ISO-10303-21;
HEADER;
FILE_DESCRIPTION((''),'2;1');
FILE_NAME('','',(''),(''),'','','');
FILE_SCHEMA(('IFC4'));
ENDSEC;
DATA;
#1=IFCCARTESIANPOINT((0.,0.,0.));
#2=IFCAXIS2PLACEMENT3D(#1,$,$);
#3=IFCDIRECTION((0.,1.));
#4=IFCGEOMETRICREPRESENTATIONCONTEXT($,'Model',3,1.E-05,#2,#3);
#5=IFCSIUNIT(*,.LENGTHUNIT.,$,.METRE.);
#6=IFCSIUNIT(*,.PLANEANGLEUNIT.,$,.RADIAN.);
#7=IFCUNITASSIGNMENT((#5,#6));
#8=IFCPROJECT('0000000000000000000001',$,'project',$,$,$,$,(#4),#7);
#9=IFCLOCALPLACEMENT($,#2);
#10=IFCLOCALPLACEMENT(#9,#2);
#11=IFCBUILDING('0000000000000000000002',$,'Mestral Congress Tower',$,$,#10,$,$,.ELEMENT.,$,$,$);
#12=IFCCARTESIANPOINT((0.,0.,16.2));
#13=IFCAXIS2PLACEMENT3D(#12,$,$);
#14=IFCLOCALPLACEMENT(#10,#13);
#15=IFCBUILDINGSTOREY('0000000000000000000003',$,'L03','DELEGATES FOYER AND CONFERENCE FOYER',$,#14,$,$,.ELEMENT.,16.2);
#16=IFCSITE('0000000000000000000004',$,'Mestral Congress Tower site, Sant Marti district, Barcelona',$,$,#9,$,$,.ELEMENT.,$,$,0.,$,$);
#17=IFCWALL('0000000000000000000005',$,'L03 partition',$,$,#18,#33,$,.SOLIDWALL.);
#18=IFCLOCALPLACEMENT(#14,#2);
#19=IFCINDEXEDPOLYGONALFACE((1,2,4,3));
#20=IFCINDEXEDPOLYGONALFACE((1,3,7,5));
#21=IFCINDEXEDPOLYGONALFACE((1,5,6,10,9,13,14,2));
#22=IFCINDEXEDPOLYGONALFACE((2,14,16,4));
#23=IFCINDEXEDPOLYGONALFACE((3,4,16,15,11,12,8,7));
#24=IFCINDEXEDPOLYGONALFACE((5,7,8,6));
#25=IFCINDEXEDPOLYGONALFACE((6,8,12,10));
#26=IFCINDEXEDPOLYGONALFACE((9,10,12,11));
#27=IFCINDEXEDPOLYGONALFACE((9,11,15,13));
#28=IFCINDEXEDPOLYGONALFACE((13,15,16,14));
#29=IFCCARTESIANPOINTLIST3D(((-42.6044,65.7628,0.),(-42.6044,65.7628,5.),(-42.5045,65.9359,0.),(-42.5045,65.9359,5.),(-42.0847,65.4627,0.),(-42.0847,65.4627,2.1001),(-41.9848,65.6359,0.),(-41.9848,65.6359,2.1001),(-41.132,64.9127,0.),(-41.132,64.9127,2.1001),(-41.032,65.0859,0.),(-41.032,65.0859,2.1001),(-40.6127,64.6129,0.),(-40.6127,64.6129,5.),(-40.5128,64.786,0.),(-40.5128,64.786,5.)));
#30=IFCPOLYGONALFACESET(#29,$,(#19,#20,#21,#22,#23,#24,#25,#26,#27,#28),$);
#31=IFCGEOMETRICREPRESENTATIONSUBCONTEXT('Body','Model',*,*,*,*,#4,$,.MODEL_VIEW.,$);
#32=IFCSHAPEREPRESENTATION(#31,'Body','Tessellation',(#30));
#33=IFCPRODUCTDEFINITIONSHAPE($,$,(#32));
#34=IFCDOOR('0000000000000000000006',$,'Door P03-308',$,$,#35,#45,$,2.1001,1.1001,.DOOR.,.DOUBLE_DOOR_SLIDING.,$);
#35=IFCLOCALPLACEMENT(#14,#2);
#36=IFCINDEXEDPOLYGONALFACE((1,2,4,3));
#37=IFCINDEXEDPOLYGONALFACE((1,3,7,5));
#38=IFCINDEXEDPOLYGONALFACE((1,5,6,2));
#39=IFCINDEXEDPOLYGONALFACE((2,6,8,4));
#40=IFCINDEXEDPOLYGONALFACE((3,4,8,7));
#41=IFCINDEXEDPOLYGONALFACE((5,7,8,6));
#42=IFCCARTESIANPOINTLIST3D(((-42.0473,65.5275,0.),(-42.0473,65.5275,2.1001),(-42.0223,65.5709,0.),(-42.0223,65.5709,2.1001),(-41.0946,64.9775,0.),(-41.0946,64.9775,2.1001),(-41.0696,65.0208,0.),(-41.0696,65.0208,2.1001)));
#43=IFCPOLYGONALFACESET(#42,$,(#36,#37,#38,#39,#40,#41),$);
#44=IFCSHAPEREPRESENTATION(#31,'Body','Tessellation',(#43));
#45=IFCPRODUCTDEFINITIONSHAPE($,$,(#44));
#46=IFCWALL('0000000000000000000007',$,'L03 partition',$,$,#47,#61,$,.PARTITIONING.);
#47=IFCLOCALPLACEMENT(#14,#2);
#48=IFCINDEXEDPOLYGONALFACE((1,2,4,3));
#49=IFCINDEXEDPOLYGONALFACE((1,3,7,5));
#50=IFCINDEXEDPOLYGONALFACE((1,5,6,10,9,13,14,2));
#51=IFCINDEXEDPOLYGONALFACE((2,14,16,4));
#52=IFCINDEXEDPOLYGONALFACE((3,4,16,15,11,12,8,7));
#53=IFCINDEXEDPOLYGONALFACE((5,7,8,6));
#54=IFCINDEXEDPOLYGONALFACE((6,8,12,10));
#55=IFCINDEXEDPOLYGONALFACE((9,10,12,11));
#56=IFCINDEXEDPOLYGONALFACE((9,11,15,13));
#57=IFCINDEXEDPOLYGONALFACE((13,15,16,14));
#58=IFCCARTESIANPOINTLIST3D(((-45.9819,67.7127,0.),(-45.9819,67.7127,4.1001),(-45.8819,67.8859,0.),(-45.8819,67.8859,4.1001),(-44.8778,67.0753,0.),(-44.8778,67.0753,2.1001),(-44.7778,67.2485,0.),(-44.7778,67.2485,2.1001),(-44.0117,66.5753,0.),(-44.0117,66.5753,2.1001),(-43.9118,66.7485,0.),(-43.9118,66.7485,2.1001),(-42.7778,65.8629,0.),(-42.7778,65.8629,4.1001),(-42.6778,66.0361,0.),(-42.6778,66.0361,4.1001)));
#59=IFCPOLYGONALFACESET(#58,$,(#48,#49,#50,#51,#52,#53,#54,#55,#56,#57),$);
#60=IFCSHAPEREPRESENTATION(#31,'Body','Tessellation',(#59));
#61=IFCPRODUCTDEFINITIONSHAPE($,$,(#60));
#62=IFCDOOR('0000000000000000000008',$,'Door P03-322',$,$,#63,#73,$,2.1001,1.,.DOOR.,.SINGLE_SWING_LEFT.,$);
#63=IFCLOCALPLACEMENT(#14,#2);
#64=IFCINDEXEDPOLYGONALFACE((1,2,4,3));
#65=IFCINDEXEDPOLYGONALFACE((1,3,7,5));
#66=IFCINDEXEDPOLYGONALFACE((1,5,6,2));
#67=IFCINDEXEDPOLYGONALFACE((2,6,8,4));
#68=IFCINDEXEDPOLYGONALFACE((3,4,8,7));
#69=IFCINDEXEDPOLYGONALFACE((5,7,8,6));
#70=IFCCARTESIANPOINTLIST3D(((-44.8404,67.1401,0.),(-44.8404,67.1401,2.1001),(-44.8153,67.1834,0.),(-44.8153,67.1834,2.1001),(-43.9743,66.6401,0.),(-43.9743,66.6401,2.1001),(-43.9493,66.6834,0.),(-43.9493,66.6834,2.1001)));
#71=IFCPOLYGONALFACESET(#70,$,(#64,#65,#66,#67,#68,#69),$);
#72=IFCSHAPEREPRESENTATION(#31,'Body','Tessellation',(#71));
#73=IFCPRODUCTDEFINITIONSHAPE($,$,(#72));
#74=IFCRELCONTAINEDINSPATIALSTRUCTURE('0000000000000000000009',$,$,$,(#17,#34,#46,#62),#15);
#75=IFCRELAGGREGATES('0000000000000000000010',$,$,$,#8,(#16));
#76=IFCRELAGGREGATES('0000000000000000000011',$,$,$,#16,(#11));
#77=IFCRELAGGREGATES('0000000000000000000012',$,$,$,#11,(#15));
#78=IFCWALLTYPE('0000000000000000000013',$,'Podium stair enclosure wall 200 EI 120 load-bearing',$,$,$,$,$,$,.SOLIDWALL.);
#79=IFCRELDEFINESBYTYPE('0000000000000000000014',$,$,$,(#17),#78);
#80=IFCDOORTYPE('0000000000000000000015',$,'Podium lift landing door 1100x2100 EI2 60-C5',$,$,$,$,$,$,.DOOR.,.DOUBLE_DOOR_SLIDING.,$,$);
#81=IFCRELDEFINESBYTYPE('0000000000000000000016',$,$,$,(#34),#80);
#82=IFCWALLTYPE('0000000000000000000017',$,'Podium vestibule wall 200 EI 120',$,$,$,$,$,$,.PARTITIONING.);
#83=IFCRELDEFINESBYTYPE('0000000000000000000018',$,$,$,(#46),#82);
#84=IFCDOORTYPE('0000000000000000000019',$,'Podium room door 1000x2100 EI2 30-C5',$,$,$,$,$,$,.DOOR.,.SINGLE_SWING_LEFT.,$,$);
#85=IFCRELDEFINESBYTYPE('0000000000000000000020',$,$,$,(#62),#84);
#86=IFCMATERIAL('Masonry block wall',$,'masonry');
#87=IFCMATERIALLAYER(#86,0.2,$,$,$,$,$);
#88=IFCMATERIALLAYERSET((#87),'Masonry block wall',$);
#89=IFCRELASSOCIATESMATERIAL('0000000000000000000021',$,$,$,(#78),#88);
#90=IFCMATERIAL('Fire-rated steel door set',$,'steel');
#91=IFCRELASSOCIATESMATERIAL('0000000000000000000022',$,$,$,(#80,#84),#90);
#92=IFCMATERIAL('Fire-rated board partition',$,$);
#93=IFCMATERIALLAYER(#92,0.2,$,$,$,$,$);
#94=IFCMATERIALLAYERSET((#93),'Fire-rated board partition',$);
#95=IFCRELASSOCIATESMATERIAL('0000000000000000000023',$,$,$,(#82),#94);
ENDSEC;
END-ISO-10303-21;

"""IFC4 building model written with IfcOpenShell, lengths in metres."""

from ifc_helpers import new_model, si_unit, direction, frame, frame_2d, origin, place, context, subcontext, project, spatial, rectangle, extrude, material, layer, layer_set, type_object, element, fill, save


model = new_model("IFC4")

# Units and contexts
model_context = context("Model", 3, precision=1e-05, world=origin(), true_north=direction((0.0, 1.0)))
body_context = subcontext(model_context, "Body", "Model", "MODEL_VIEW")
ifc_project = project(units=[si_unit("LENGTHUNIT", "METRE"), si_unit("PLANEANGLEUNIT", "RADIAN")], contexts=[model_context])

# Site, building, storey
site_placement = place(None, origin())
site = spatial("IfcSite", under=ifc_project, at=site_placement, Name="Mestral Congress Tower site, Sant Marti district, Barcelona", CompositionType="ELEMENT", RefElevation=0.0)
building_placement = place(site_placement, origin())
building = spatial("IfcBuilding", under=site, at=building_placement, Name="Mestral Congress Tower", CompositionType="ELEMENT")
storey_placement = place(building_placement, frame((0.0, 0.0, 16.2)))
storey = spatial("IfcBuildingStorey", under=building, at=storey_placement, Name="L03", Description="DELEGATES FOYER AND CONFERENCE FOYER", CompositionType="ELEMENT", Elevation=16.2)

# Shared definitions
ifc_material_1 = material(Name="Masonry block wall", Category="masonry")
ifc_layer_1 = layer(ifc_material_1, 0.2)
ifc_layer_set_1 = layer_set([ifc_layer_1], Name="Masonry block wall")
wall_type_1 = type_object("IfcWallType", Name="Podium stair enclosure wall 200 EI 120 load-bearing", PredefinedType="SOLIDWALL", material=ifc_layer_set_1)

# Walls, openings, doors
ifc_material_2 = material(Name="Fire-rated steel door set", Category="steel")
door_type_1 = type_object("IfcDoorType", Name="Podium lift landing door 1100x2100 EI2 60-C5", OperationType="DOUBLE_DOOR_SLIDING", PredefinedType="DOOR", material=ifc_material_2)
wall_1_placement = place(storey_placement, frame((-42.5544, 65.8494, 0.0), z_axis=(0.0, 0.0, 1.0), x_axis=(0.866026, -0.499998, 0.0)))
wall_1 = element("IfcWall", 1, at=wall_1_placement, inside=storey, type_object=wall_type_1, Name="L03 partition", PredefinedType="SOLIDWALL", context=body_context, shape_type="SweptSolid", body=[
    extrude(rectangle(XDim=2.2998, YDim=0.2, at=frame_2d((1.1499, 0.0))), origin(), (0.0, 0.0, 1.0), 5.0),
])
opening_1_placement = place(wall_1_placement, frame((0.6001, 0.0, 0.0)))
opening_1 = element("IfcOpeningElement", 2, at=opening_1_placement, cuts=wall_1, PredefinedType="OPENING", context=body_context, shape_type="SweptSolid", body=[
    extrude(rectangle(XDim=1.1001, YDim=2.1001, at=frame_2d((0.55, 1.05))), frame((0.0, 0.1099, 0.0), z_axis=(0.0, -1.0, 0.0), x_axis=(1.0, 0.0, 0.0)), (0.0, 0.0, 1.0), 0.22),
])
door_1_placement = place(opening_1_placement, origin())
door_1 = element("IfcDoor", 3, at=door_1_placement, inside=storey, type_object=door_type_1, Name="Door P03-308", OperationType="DOUBLE_DOOR_SLIDING", OverallHeight=2.1001, OverallWidth=1.1001, PredefinedType="DOOR", context=body_context, shape_type="SweptSolid", body=[
    extrude(rectangle(XDim=1.1001, YDim=2.1001, at=frame_2d((0.55, 1.05))), frame((0.0, 0.0249, 0.0), z_axis=(0.0, -1.0, 0.0), x_axis=(1.0, 0.0, 0.0)), (0.0, 0.0, 1.0), 0.05),
])
fill(opening_1, door_1)
ifc_material_3 = material(Name="Fire-rated board partition")
ifc_layer_2 = layer(ifc_material_3, 0.2)
ifc_layer_set_2 = layer_set([ifc_layer_2], Name="Fire-rated board partition")
wall_type_2 = type_object("IfcWallType", Name="Podium vestibule wall 200 EI 120", PredefinedType="PARTITIONING", material=ifc_layer_set_2)
wall_2_placement = place(storey_placement, frame((-45.9319, 67.7993, 0.0), z_axis=(0.0, 0.0, 1.0), x_axis=(0.86603, -0.499993, 0.0)))
wall_2 = element("IfcWall", 4, at=wall_2_placement, inside=storey, type_object=wall_type_2, Name="L03 partition", PredefinedType="PARTITIONING", context=body_context, shape_type="SweptSolid", body=[
    extrude(rectangle(XDim=3.6997, YDim=0.2, at=frame_2d((1.8499, 0.0))), origin(), (0.0, 0.0, 1.0), 4.1001),
])
opening_2_placement = place(wall_2_placement, frame((1.2749, 0.0, 0.0)))
opening_2 = element("IfcOpeningElement", 5, at=opening_2_placement, cuts=wall_2, PredefinedType="OPENING", context=body_context, shape_type="SweptSolid", body=[
    extrude(rectangle(XDim=1.0, YDim=2.1001, at=frame_2d((0.5, 1.05))), frame((0.0, 0.1099, 0.0), z_axis=(0.0, -1.0, 0.0), x_axis=(1.0, 0.0, 0.0)), (0.0, 0.0, 1.0), 0.22),
])
door_type_2 = type_object("IfcDoorType", Name="Podium room door 1000x2100 EI2 30-C5", OperationType="SINGLE_SWING_LEFT", PredefinedType="DOOR", material=ifc_material_2)
door_2_placement = place(opening_2_placement, origin())
door_2 = element("IfcDoor", 6, at=door_2_placement, inside=storey, type_object=door_type_2, Name="Door P03-322", OperationType="SINGLE_SWING_LEFT", OverallHeight=2.1001, OverallWidth=1.0, PredefinedType="DOOR", context=body_context, shape_type="SweptSolid", body=[
    extrude(rectangle(XDim=1.0, YDim=2.1001, at=frame_2d((0.5, 1.05))), frame((0.0, 0.0249, 0.0), z_axis=(0.0, -1.0, 0.0), x_axis=(1.0, 0.0, 0.0)), (0.0, 0.0, 1.0), 0.05),
])
fill(opening_2, door_2)

save(model, "model.ifc")
